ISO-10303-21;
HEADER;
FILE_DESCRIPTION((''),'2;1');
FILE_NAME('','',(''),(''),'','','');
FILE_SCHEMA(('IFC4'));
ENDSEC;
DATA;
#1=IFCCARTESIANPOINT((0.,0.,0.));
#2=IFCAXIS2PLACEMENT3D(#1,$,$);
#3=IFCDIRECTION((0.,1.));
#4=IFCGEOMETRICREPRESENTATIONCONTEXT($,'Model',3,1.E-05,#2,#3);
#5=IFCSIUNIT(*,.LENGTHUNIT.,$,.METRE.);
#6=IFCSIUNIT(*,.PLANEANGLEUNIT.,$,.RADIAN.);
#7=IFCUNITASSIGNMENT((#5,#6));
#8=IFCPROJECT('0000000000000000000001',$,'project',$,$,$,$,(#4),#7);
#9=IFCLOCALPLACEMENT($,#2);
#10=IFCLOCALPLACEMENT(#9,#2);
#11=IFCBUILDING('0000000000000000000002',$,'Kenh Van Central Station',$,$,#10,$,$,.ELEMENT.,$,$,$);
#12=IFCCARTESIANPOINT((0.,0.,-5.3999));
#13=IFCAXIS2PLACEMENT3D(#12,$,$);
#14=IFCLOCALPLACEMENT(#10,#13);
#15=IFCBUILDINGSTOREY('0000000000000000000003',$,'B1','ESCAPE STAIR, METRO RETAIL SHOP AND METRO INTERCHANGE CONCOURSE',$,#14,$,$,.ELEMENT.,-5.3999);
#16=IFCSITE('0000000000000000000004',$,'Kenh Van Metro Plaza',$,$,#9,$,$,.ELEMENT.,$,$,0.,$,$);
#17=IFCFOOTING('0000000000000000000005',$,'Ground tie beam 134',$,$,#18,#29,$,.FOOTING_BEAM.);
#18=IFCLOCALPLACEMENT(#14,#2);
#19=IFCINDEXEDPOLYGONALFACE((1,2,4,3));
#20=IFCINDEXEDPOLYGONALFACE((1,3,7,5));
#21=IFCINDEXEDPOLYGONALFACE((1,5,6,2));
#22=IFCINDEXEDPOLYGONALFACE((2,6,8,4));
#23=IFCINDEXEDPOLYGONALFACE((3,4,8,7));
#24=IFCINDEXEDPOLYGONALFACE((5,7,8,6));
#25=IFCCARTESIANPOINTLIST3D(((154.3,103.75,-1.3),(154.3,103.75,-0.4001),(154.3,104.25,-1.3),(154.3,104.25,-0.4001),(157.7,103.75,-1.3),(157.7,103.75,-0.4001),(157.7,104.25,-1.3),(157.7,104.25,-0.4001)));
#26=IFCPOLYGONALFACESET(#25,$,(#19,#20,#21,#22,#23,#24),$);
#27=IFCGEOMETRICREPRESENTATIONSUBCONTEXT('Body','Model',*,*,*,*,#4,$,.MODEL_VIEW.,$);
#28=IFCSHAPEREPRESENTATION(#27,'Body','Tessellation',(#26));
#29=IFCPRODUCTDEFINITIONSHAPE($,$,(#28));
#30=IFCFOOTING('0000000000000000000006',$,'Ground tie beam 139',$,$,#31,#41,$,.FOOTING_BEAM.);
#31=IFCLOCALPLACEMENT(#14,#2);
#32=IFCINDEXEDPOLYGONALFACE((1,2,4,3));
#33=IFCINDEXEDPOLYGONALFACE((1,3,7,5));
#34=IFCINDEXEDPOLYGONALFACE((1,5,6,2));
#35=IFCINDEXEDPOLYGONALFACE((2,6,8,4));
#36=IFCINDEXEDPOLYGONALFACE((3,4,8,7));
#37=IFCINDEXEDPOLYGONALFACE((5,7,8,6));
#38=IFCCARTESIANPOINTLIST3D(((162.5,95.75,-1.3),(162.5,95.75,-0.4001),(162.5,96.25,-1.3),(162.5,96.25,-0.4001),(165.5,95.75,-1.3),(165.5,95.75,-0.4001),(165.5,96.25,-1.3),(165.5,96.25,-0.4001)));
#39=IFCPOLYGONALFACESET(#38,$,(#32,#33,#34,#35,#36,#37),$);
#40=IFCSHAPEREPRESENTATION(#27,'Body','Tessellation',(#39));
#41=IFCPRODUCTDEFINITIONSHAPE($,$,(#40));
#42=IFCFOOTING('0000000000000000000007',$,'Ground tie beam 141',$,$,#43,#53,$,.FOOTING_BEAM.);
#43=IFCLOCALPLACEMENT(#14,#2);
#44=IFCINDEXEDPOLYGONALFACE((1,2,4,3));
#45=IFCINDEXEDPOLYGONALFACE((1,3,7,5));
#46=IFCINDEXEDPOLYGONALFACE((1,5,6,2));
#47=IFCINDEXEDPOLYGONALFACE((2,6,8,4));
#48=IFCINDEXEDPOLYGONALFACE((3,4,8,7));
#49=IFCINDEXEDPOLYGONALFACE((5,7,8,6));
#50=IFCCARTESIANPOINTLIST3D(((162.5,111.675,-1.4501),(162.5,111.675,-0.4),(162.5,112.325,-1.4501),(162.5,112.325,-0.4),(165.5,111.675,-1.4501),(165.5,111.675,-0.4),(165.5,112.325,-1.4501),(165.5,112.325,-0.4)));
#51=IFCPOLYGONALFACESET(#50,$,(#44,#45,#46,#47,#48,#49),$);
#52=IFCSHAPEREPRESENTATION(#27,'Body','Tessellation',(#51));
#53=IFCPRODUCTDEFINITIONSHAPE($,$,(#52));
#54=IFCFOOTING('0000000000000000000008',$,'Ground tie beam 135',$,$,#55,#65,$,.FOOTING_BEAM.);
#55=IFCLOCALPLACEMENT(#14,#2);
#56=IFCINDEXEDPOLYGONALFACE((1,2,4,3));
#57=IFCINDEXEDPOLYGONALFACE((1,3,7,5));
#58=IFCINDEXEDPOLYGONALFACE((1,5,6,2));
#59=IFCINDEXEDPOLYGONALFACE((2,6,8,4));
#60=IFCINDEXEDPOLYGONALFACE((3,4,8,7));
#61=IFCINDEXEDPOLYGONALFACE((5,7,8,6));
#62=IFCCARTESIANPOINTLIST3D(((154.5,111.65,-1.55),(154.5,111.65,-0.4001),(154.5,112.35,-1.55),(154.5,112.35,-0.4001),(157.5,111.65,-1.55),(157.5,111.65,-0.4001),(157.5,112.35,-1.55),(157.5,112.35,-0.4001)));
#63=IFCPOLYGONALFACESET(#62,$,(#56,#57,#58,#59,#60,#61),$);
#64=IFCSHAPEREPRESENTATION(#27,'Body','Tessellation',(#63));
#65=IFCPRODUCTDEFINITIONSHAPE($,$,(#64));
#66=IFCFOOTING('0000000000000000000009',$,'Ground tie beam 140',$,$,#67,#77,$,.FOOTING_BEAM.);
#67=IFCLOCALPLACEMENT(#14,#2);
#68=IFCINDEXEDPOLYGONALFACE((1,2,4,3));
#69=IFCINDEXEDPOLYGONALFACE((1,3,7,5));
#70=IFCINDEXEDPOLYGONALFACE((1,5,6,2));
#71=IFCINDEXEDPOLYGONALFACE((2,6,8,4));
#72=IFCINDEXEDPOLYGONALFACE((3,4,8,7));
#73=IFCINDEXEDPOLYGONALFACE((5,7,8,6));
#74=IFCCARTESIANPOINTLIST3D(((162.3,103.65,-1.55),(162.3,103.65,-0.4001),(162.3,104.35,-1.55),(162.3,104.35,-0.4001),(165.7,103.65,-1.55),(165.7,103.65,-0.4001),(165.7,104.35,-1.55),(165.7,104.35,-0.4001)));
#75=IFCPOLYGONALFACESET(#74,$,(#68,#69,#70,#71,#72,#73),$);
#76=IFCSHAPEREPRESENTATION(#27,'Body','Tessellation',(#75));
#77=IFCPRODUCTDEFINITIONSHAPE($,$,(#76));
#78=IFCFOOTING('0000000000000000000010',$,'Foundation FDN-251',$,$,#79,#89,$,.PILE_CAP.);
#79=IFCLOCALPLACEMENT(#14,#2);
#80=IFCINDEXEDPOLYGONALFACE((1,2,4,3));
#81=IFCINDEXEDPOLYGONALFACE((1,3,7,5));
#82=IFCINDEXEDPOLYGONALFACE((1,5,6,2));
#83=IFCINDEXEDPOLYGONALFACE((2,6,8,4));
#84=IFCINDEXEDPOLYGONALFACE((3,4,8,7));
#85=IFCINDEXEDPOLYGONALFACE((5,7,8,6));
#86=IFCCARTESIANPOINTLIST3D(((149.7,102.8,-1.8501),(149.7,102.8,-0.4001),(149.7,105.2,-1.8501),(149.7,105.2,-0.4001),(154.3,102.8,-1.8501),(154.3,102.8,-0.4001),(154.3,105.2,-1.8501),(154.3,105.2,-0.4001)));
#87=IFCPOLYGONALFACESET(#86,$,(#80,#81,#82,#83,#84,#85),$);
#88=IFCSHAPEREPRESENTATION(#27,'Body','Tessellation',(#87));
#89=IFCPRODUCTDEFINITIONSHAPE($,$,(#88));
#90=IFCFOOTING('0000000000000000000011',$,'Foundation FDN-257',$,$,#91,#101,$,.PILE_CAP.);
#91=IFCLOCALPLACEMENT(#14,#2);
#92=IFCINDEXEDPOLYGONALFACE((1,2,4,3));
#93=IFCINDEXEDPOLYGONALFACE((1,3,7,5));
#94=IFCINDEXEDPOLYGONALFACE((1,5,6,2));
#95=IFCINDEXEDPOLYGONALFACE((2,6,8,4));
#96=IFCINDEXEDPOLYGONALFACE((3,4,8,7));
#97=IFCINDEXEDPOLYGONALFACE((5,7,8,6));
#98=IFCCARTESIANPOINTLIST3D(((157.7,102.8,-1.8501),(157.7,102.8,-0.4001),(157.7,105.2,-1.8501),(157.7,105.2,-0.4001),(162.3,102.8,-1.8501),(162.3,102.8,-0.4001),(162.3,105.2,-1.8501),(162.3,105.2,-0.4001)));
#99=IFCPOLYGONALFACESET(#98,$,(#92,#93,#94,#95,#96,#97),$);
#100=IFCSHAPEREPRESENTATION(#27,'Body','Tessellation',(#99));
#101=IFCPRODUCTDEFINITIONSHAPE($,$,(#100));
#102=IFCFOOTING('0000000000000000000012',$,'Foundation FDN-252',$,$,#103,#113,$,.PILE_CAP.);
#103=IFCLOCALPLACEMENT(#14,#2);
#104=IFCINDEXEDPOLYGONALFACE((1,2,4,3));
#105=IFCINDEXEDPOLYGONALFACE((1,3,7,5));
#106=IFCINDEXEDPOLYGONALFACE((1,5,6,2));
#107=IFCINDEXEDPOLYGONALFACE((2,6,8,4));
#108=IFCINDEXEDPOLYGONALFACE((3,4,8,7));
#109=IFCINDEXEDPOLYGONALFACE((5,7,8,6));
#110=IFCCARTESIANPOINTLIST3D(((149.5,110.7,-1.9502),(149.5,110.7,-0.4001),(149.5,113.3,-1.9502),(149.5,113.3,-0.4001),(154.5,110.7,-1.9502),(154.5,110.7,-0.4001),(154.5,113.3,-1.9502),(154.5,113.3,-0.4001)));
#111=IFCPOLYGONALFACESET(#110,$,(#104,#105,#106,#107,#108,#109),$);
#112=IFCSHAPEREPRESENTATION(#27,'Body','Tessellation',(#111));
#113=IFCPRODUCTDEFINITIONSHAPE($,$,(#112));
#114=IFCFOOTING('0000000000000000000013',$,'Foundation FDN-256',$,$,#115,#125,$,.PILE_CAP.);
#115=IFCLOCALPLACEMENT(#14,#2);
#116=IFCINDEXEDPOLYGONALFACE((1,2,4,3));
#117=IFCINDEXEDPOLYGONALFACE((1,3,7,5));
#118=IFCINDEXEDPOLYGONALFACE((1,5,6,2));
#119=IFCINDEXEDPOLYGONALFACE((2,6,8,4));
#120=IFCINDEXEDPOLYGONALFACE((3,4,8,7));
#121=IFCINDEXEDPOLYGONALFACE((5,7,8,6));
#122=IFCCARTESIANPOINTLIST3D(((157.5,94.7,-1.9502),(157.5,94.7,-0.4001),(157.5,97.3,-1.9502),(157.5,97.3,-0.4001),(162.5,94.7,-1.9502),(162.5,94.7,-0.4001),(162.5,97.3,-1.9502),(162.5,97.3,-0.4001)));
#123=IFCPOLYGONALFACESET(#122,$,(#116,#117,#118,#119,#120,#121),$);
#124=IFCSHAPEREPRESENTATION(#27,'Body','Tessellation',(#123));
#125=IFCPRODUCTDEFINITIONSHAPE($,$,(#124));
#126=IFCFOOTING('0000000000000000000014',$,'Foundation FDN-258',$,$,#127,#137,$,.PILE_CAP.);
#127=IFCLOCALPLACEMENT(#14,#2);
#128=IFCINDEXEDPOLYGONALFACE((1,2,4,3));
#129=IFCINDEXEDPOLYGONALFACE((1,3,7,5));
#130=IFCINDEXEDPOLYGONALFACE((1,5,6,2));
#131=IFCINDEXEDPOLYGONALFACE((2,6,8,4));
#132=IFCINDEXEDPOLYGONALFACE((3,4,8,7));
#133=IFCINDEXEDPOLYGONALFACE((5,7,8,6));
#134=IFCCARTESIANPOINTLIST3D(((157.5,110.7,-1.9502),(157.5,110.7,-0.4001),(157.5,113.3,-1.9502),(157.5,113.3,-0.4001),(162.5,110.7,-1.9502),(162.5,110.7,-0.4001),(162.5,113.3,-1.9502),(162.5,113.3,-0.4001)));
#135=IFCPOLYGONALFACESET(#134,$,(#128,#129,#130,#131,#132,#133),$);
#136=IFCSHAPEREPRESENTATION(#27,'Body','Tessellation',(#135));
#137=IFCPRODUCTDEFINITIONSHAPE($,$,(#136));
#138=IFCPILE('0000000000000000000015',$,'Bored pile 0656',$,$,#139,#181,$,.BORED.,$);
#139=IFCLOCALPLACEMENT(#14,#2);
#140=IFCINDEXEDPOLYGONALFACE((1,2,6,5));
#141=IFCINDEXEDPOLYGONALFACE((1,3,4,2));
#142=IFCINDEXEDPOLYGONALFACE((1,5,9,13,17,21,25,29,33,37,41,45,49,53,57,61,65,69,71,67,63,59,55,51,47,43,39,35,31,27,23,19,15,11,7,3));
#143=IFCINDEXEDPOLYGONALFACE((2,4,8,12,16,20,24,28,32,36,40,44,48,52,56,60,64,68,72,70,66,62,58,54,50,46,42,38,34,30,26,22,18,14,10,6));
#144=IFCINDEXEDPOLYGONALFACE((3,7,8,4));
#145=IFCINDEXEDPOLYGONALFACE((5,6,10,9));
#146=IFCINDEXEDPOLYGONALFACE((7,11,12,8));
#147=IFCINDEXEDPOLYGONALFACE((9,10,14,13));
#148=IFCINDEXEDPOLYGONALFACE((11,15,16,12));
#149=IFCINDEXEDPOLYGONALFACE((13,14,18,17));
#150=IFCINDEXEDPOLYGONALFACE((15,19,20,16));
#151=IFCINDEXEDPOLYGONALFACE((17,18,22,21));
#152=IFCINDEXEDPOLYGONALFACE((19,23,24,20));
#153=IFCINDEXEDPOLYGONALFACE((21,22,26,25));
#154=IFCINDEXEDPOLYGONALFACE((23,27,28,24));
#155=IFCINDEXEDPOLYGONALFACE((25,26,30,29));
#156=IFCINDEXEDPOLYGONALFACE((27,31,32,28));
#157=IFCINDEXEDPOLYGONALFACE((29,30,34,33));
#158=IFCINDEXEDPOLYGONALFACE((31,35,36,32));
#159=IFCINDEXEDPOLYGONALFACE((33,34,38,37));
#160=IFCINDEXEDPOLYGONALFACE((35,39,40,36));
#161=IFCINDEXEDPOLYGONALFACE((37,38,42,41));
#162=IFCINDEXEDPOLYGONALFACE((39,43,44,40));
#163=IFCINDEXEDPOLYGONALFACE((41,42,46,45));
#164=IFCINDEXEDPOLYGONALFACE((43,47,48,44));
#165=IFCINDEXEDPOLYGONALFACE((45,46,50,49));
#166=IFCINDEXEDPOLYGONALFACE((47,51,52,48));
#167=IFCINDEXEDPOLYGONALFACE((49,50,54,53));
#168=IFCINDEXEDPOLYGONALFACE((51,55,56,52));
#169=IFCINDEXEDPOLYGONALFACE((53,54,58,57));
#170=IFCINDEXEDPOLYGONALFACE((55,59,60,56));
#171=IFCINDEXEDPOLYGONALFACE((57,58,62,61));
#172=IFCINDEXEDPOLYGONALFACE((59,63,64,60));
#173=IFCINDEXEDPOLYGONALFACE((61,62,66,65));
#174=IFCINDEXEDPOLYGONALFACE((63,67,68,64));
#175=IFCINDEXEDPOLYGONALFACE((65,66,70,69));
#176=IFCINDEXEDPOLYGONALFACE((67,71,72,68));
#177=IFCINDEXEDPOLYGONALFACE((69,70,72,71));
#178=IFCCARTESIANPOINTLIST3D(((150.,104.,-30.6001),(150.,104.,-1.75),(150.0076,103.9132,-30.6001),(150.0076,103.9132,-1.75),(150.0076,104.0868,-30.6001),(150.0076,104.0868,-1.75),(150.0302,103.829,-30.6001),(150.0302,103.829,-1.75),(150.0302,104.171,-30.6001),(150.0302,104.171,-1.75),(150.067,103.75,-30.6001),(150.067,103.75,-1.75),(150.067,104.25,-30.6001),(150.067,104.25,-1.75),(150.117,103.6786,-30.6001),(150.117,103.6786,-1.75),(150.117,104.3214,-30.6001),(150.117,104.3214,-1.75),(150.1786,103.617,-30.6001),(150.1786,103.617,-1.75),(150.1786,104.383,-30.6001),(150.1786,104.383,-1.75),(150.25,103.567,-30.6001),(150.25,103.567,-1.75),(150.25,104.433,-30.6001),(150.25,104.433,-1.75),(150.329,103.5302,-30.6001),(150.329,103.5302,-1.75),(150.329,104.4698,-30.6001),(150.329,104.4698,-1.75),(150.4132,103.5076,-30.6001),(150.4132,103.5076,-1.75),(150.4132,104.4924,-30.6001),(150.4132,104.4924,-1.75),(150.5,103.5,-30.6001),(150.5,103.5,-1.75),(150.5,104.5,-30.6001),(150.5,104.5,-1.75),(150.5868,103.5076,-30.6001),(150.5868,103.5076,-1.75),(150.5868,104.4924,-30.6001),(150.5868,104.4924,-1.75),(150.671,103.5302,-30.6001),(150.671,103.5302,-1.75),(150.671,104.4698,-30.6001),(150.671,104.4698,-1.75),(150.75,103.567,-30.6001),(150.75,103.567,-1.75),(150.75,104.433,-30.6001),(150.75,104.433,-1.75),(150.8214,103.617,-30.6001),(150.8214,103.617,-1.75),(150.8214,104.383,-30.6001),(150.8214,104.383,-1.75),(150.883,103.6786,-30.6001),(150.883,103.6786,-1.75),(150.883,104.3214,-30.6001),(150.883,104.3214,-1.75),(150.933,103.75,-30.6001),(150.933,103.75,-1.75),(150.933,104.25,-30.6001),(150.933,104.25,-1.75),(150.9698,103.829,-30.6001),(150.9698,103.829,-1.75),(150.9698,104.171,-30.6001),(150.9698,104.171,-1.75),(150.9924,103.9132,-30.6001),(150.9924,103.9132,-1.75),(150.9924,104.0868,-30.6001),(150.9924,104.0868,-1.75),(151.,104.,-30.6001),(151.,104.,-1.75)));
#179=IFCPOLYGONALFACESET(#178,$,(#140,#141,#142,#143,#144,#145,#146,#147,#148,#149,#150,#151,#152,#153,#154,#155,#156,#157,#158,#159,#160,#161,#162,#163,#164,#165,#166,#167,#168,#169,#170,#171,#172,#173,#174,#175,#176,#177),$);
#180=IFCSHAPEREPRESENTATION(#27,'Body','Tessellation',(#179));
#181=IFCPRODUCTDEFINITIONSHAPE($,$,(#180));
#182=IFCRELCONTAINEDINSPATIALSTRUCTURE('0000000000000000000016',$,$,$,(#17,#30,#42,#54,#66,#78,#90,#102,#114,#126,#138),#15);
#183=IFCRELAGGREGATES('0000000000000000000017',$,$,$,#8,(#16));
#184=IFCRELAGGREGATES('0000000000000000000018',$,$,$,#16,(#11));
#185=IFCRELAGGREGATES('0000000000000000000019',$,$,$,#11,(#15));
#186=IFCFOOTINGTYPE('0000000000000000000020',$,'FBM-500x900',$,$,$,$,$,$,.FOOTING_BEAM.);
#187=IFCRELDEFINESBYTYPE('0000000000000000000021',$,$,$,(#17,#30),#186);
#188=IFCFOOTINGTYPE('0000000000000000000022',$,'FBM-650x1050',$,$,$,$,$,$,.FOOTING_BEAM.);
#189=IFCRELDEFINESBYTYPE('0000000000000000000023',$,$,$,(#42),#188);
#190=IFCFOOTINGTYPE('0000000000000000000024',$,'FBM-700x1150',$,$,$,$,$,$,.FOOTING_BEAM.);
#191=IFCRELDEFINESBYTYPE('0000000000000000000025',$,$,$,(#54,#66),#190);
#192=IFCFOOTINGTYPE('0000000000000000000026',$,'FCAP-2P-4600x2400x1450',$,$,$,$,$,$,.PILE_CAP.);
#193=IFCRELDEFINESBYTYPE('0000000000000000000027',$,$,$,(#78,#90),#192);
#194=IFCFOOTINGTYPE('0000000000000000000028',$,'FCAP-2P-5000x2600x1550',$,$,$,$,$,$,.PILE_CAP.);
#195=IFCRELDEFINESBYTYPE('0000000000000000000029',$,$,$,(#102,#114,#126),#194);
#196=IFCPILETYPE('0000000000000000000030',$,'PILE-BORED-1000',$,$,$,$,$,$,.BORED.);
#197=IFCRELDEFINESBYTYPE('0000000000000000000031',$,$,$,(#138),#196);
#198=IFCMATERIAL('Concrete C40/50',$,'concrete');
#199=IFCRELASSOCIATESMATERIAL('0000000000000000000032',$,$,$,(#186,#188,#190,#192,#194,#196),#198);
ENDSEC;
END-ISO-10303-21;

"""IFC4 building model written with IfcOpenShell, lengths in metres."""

from ifc_helpers import new_model, si_unit, direction, frame, origin, origin_2d, place, context, subcontext, project, spatial, rectangle, circle, extrude, material, material_profile, profile_set, type_object, element, save


model = new_model("IFC4")

# Units and contexts
model_context = context("Model", 3, precision=1e-05, world=origin(), true_north=direction((0.0, 1.0)))
body_context = subcontext(model_context, "Body", "Model", "MODEL_VIEW")
ifc_project = project(units=[si_unit("LENGTHUNIT", "METRE"), si_unit("PLANEANGLEUNIT", "RADIAN")], contexts=[model_context])

# Site, building, storey
site_placement = place(None, origin())
site = spatial("IfcSite", under=ifc_project, at=site_placement, Name="Kenh Van Metro Plaza", CompositionType="ELEMENT", RefElevation=0.0)
building_placement = place(site_placement, origin())
building = spatial("IfcBuilding", under=site, at=building_placement, Name="Kenh Van Central Station", CompositionType="ELEMENT")
storey_placement = place(building_placement, frame((0.0, 0.0, -5.3999)))
storey = spatial("IfcBuildingStorey", under=building, at=storey_placement, Name="B1", Description="ESCAPE STAIR, METRO RETAIL SHOP AND METRO INTERCHANGE CONCOURSE", CompositionType="ELEMENT", Elevation=-5.3999)

# Footings
ifc_material_1 = material(Name="Concrete C40/50", Category="concrete")
ifc_material_profile_1 = material_profile(ifc_material_1, rectangle(XDim=0.5, YDim=0.8999, at=origin_2d()), Name="RC 500x900")
ifc_profile_set_1 = profile_set([ifc_material_profile_1], Name="Concrete C40/50")
footing_type_1 = type_object("IfcFootingType", Name="FBM-500x900", PredefinedType="FOOTING_BEAM", material=ifc_profile_set_1)
footing_1_placement = place(storey_placement, frame((154.3, 104.0, -0.8501), z_axis=(1.0, 0.0, 0.0), x_axis=(0.0, 1.0, 0.0)))
element("IfcFooting", 1, at=footing_1_placement, inside=storey, type_object=footing_type_1, Name="Ground tie beam 134", PredefinedType="FOOTING_BEAM", context=body_context, shape_type="SweptSolid", body=[
    extrude(rectangle(XDim=0.5, YDim=0.8999, at=origin_2d()), origin(), (0.0, 0.0, 1.0), 3.3999),
])
footing_2_placement = place(storey_placement, frame((162.5, 96.0, -0.8501), z_axis=(1.0, 0.0, 0.0), x_axis=(0.0, 1.0, 0.0)))
element("IfcFooting", 2, at=footing_2_placement, inside=storey, type_object=footing_type_1, Name="Ground tie beam 139", PredefinedType="FOOTING_BEAM", context=body_context, shape_type="SweptSolid", body=[
    extrude(rectangle(XDim=0.5, YDim=0.8999, at=origin_2d()), origin(), (0.0, 0.0, 1.0), 3.0),
])
ifc_material_profile_2 = material_profile(ifc_material_1, rectangle(XDim=0.6499, YDim=1.05, at=origin_2d()), Name="RC 650x1050")
ifc_profile_set_2 = profile_set([ifc_material_profile_2], Name="Concrete C40/50")
footing_type_2 = type_object("IfcFootingType", Name="FBM-650x1050", PredefinedType="FOOTING_BEAM", material=ifc_profile_set_2)
footing_3_placement = place(storey_placement, frame((162.5, 112.0, -0.925), z_axis=(1.0, 0.0, 0.0), x_axis=(0.0, 1.0, 0.0)))
element("IfcFooting", 3, at=footing_3_placement, inside=storey, type_object=footing_type_2, Name="Ground tie beam 141", PredefinedType="FOOTING_BEAM", context=body_context, shape_type="SweptSolid", body=[
    extrude(rectangle(XDim=0.6499, YDim=1.05, at=origin_2d()), origin(), (0.0, 0.0, 1.0), 3.0),
])
ifc_material_profile_3 = material_profile(ifc_material_1, rectangle(XDim=0.7, YDim=1.1499, at=origin_2d()), Name="RC 700x1150")
ifc_profile_set_3 = profile_set([ifc_material_profile_3], Name="Concrete C40/50")
footing_type_3 = type_object("IfcFootingType", Name="FBM-700x1150", PredefinedType="FOOTING_BEAM", material=ifc_profile_set_3)
footing_4_placement = place(storey_placement, frame((154.5, 112.0, -0.9751), z_axis=(1.0, 0.0, 0.0), x_axis=(0.0, 1.0, 0.0)))
element("IfcFooting", 4, at=footing_4_placement, inside=storey, type_object=footing_type_3, Name="Ground tie beam 135", PredefinedType="FOOTING_BEAM", context=body_context, shape_type="SweptSolid", body=[
    extrude(rectangle(XDim=0.7, YDim=1.1499, at=origin_2d()), origin(), (0.0, 0.0, 1.0), 3.0),
])
footing_5_placement = place(storey_placement, frame((162.3, 104.0, -0.9751), z_axis=(1.0, 0.0, 0.0), x_axis=(0.0, 1.0, 0.0)))
element("IfcFooting", 5, at=footing_5_placement, inside=storey, type_object=footing_type_3, Name="Ground tie beam 140", PredefinedType="FOOTING_BEAM", context=body_context, shape_type="SweptSolid", body=[
    extrude(rectangle(XDim=0.7, YDim=1.1499, at=origin_2d()), origin(), (0.0, 0.0, 1.0), 3.3999),
])
footing_type_4 = type_object("IfcFootingType", Name="FCAP-2P-4600x2400x1450", PredefinedType="PILE_CAP", material=ifc_material_1)
for number, where, z_axis, x_axis, name in (
    (6, (152.0, 104.0, -1.8501), (0.0, 0.0, 1.0), (1.0, 0.0, 0.0), "Foundation FDN-251"),
    (7, (160.0, 104.0, -1.8501), (0.0, 0.0, 1.0), (1.0, 0.0, 0.0), "Foundation FDN-257"),
):
    element("IfcFooting", number, at=place(storey_placement, frame(where, z_axis=z_axis, x_axis=x_axis)), inside=storey, type_object=footing_type_4, Name=name, PredefinedType="PILE_CAP", context=body_context, shape_type="SweptSolid", body=[
        extrude(rectangle(XDim=4.6001, YDim=2.3999, at=origin_2d()), origin(), (0.0, 0.0, 1.0), 1.45),
    ])
footing_type_5 = type_object("IfcFootingType", Name="FCAP-2P-5000x2600x1550", PredefinedType="PILE_CAP", material=ifc_material_1)
for number, where, z_axis, x_axis, name in (
    (8, (152.0, 112.0, -1.9502), (0.0, 0.0, 1.0), (1.0, 0.0, 0.0), "Foundation FDN-252"),
    (9, (160.0, 96.0, -1.9502), (0.0, 0.0, 1.0), (1.0, 0.0, 0.0), "Foundation FDN-256"),
    (10, (160.0, 112.0, -1.9502), (0.0, 0.0, 1.0), (1.0, 0.0, 0.0), "Foundation FDN-258"),
):
    element("IfcFooting", number, at=place(storey_placement, frame(where, z_axis=z_axis, x_axis=x_axis)), inside=storey, type_object=footing_type_5, Name=name, PredefinedType="PILE_CAP", context=body_context, shape_type="SweptSolid", body=[
        extrude(rectangle(XDim=5.0, YDim=2.6001, at=origin_2d()), origin(), (0.0, 0.0, 1.0), 1.55),
    ])

# Pile
ifc_material_profile_4 = material_profile(ifc_material_1, circle(Radius=0.5, at=origin_2d()), Name="PILE D1000")
ifc_profile_set_4 = profile_set([ifc_material_profile_4], Name="Concrete C40/50")
pile_type = type_object("IfcPileType", Name="PILE-BORED-1000", PredefinedType="BORED", material=ifc_profile_set_4)
for number, where, z_axis, x_axis, name in (
    (11, (150.5, 104.0, -1.75), (0.0, 0.0, -1.0), (1.0, 0.0, 0.0), "Bored pile 0656"),
):
    element("IfcPile", number, at=place(storey_placement, frame(where, z_axis=z_axis, x_axis=x_axis)), inside=storey, type_object=pile_type, Name=name, PredefinedType="BORED", context=body_context, shape_type="SweptSolid", body=[
        extrude(circle(Radius=0.5, at=origin_2d()), origin(), (0.0, 0.0, 1.0), 28.8501),
    ])

save(model, "model.ifc")
